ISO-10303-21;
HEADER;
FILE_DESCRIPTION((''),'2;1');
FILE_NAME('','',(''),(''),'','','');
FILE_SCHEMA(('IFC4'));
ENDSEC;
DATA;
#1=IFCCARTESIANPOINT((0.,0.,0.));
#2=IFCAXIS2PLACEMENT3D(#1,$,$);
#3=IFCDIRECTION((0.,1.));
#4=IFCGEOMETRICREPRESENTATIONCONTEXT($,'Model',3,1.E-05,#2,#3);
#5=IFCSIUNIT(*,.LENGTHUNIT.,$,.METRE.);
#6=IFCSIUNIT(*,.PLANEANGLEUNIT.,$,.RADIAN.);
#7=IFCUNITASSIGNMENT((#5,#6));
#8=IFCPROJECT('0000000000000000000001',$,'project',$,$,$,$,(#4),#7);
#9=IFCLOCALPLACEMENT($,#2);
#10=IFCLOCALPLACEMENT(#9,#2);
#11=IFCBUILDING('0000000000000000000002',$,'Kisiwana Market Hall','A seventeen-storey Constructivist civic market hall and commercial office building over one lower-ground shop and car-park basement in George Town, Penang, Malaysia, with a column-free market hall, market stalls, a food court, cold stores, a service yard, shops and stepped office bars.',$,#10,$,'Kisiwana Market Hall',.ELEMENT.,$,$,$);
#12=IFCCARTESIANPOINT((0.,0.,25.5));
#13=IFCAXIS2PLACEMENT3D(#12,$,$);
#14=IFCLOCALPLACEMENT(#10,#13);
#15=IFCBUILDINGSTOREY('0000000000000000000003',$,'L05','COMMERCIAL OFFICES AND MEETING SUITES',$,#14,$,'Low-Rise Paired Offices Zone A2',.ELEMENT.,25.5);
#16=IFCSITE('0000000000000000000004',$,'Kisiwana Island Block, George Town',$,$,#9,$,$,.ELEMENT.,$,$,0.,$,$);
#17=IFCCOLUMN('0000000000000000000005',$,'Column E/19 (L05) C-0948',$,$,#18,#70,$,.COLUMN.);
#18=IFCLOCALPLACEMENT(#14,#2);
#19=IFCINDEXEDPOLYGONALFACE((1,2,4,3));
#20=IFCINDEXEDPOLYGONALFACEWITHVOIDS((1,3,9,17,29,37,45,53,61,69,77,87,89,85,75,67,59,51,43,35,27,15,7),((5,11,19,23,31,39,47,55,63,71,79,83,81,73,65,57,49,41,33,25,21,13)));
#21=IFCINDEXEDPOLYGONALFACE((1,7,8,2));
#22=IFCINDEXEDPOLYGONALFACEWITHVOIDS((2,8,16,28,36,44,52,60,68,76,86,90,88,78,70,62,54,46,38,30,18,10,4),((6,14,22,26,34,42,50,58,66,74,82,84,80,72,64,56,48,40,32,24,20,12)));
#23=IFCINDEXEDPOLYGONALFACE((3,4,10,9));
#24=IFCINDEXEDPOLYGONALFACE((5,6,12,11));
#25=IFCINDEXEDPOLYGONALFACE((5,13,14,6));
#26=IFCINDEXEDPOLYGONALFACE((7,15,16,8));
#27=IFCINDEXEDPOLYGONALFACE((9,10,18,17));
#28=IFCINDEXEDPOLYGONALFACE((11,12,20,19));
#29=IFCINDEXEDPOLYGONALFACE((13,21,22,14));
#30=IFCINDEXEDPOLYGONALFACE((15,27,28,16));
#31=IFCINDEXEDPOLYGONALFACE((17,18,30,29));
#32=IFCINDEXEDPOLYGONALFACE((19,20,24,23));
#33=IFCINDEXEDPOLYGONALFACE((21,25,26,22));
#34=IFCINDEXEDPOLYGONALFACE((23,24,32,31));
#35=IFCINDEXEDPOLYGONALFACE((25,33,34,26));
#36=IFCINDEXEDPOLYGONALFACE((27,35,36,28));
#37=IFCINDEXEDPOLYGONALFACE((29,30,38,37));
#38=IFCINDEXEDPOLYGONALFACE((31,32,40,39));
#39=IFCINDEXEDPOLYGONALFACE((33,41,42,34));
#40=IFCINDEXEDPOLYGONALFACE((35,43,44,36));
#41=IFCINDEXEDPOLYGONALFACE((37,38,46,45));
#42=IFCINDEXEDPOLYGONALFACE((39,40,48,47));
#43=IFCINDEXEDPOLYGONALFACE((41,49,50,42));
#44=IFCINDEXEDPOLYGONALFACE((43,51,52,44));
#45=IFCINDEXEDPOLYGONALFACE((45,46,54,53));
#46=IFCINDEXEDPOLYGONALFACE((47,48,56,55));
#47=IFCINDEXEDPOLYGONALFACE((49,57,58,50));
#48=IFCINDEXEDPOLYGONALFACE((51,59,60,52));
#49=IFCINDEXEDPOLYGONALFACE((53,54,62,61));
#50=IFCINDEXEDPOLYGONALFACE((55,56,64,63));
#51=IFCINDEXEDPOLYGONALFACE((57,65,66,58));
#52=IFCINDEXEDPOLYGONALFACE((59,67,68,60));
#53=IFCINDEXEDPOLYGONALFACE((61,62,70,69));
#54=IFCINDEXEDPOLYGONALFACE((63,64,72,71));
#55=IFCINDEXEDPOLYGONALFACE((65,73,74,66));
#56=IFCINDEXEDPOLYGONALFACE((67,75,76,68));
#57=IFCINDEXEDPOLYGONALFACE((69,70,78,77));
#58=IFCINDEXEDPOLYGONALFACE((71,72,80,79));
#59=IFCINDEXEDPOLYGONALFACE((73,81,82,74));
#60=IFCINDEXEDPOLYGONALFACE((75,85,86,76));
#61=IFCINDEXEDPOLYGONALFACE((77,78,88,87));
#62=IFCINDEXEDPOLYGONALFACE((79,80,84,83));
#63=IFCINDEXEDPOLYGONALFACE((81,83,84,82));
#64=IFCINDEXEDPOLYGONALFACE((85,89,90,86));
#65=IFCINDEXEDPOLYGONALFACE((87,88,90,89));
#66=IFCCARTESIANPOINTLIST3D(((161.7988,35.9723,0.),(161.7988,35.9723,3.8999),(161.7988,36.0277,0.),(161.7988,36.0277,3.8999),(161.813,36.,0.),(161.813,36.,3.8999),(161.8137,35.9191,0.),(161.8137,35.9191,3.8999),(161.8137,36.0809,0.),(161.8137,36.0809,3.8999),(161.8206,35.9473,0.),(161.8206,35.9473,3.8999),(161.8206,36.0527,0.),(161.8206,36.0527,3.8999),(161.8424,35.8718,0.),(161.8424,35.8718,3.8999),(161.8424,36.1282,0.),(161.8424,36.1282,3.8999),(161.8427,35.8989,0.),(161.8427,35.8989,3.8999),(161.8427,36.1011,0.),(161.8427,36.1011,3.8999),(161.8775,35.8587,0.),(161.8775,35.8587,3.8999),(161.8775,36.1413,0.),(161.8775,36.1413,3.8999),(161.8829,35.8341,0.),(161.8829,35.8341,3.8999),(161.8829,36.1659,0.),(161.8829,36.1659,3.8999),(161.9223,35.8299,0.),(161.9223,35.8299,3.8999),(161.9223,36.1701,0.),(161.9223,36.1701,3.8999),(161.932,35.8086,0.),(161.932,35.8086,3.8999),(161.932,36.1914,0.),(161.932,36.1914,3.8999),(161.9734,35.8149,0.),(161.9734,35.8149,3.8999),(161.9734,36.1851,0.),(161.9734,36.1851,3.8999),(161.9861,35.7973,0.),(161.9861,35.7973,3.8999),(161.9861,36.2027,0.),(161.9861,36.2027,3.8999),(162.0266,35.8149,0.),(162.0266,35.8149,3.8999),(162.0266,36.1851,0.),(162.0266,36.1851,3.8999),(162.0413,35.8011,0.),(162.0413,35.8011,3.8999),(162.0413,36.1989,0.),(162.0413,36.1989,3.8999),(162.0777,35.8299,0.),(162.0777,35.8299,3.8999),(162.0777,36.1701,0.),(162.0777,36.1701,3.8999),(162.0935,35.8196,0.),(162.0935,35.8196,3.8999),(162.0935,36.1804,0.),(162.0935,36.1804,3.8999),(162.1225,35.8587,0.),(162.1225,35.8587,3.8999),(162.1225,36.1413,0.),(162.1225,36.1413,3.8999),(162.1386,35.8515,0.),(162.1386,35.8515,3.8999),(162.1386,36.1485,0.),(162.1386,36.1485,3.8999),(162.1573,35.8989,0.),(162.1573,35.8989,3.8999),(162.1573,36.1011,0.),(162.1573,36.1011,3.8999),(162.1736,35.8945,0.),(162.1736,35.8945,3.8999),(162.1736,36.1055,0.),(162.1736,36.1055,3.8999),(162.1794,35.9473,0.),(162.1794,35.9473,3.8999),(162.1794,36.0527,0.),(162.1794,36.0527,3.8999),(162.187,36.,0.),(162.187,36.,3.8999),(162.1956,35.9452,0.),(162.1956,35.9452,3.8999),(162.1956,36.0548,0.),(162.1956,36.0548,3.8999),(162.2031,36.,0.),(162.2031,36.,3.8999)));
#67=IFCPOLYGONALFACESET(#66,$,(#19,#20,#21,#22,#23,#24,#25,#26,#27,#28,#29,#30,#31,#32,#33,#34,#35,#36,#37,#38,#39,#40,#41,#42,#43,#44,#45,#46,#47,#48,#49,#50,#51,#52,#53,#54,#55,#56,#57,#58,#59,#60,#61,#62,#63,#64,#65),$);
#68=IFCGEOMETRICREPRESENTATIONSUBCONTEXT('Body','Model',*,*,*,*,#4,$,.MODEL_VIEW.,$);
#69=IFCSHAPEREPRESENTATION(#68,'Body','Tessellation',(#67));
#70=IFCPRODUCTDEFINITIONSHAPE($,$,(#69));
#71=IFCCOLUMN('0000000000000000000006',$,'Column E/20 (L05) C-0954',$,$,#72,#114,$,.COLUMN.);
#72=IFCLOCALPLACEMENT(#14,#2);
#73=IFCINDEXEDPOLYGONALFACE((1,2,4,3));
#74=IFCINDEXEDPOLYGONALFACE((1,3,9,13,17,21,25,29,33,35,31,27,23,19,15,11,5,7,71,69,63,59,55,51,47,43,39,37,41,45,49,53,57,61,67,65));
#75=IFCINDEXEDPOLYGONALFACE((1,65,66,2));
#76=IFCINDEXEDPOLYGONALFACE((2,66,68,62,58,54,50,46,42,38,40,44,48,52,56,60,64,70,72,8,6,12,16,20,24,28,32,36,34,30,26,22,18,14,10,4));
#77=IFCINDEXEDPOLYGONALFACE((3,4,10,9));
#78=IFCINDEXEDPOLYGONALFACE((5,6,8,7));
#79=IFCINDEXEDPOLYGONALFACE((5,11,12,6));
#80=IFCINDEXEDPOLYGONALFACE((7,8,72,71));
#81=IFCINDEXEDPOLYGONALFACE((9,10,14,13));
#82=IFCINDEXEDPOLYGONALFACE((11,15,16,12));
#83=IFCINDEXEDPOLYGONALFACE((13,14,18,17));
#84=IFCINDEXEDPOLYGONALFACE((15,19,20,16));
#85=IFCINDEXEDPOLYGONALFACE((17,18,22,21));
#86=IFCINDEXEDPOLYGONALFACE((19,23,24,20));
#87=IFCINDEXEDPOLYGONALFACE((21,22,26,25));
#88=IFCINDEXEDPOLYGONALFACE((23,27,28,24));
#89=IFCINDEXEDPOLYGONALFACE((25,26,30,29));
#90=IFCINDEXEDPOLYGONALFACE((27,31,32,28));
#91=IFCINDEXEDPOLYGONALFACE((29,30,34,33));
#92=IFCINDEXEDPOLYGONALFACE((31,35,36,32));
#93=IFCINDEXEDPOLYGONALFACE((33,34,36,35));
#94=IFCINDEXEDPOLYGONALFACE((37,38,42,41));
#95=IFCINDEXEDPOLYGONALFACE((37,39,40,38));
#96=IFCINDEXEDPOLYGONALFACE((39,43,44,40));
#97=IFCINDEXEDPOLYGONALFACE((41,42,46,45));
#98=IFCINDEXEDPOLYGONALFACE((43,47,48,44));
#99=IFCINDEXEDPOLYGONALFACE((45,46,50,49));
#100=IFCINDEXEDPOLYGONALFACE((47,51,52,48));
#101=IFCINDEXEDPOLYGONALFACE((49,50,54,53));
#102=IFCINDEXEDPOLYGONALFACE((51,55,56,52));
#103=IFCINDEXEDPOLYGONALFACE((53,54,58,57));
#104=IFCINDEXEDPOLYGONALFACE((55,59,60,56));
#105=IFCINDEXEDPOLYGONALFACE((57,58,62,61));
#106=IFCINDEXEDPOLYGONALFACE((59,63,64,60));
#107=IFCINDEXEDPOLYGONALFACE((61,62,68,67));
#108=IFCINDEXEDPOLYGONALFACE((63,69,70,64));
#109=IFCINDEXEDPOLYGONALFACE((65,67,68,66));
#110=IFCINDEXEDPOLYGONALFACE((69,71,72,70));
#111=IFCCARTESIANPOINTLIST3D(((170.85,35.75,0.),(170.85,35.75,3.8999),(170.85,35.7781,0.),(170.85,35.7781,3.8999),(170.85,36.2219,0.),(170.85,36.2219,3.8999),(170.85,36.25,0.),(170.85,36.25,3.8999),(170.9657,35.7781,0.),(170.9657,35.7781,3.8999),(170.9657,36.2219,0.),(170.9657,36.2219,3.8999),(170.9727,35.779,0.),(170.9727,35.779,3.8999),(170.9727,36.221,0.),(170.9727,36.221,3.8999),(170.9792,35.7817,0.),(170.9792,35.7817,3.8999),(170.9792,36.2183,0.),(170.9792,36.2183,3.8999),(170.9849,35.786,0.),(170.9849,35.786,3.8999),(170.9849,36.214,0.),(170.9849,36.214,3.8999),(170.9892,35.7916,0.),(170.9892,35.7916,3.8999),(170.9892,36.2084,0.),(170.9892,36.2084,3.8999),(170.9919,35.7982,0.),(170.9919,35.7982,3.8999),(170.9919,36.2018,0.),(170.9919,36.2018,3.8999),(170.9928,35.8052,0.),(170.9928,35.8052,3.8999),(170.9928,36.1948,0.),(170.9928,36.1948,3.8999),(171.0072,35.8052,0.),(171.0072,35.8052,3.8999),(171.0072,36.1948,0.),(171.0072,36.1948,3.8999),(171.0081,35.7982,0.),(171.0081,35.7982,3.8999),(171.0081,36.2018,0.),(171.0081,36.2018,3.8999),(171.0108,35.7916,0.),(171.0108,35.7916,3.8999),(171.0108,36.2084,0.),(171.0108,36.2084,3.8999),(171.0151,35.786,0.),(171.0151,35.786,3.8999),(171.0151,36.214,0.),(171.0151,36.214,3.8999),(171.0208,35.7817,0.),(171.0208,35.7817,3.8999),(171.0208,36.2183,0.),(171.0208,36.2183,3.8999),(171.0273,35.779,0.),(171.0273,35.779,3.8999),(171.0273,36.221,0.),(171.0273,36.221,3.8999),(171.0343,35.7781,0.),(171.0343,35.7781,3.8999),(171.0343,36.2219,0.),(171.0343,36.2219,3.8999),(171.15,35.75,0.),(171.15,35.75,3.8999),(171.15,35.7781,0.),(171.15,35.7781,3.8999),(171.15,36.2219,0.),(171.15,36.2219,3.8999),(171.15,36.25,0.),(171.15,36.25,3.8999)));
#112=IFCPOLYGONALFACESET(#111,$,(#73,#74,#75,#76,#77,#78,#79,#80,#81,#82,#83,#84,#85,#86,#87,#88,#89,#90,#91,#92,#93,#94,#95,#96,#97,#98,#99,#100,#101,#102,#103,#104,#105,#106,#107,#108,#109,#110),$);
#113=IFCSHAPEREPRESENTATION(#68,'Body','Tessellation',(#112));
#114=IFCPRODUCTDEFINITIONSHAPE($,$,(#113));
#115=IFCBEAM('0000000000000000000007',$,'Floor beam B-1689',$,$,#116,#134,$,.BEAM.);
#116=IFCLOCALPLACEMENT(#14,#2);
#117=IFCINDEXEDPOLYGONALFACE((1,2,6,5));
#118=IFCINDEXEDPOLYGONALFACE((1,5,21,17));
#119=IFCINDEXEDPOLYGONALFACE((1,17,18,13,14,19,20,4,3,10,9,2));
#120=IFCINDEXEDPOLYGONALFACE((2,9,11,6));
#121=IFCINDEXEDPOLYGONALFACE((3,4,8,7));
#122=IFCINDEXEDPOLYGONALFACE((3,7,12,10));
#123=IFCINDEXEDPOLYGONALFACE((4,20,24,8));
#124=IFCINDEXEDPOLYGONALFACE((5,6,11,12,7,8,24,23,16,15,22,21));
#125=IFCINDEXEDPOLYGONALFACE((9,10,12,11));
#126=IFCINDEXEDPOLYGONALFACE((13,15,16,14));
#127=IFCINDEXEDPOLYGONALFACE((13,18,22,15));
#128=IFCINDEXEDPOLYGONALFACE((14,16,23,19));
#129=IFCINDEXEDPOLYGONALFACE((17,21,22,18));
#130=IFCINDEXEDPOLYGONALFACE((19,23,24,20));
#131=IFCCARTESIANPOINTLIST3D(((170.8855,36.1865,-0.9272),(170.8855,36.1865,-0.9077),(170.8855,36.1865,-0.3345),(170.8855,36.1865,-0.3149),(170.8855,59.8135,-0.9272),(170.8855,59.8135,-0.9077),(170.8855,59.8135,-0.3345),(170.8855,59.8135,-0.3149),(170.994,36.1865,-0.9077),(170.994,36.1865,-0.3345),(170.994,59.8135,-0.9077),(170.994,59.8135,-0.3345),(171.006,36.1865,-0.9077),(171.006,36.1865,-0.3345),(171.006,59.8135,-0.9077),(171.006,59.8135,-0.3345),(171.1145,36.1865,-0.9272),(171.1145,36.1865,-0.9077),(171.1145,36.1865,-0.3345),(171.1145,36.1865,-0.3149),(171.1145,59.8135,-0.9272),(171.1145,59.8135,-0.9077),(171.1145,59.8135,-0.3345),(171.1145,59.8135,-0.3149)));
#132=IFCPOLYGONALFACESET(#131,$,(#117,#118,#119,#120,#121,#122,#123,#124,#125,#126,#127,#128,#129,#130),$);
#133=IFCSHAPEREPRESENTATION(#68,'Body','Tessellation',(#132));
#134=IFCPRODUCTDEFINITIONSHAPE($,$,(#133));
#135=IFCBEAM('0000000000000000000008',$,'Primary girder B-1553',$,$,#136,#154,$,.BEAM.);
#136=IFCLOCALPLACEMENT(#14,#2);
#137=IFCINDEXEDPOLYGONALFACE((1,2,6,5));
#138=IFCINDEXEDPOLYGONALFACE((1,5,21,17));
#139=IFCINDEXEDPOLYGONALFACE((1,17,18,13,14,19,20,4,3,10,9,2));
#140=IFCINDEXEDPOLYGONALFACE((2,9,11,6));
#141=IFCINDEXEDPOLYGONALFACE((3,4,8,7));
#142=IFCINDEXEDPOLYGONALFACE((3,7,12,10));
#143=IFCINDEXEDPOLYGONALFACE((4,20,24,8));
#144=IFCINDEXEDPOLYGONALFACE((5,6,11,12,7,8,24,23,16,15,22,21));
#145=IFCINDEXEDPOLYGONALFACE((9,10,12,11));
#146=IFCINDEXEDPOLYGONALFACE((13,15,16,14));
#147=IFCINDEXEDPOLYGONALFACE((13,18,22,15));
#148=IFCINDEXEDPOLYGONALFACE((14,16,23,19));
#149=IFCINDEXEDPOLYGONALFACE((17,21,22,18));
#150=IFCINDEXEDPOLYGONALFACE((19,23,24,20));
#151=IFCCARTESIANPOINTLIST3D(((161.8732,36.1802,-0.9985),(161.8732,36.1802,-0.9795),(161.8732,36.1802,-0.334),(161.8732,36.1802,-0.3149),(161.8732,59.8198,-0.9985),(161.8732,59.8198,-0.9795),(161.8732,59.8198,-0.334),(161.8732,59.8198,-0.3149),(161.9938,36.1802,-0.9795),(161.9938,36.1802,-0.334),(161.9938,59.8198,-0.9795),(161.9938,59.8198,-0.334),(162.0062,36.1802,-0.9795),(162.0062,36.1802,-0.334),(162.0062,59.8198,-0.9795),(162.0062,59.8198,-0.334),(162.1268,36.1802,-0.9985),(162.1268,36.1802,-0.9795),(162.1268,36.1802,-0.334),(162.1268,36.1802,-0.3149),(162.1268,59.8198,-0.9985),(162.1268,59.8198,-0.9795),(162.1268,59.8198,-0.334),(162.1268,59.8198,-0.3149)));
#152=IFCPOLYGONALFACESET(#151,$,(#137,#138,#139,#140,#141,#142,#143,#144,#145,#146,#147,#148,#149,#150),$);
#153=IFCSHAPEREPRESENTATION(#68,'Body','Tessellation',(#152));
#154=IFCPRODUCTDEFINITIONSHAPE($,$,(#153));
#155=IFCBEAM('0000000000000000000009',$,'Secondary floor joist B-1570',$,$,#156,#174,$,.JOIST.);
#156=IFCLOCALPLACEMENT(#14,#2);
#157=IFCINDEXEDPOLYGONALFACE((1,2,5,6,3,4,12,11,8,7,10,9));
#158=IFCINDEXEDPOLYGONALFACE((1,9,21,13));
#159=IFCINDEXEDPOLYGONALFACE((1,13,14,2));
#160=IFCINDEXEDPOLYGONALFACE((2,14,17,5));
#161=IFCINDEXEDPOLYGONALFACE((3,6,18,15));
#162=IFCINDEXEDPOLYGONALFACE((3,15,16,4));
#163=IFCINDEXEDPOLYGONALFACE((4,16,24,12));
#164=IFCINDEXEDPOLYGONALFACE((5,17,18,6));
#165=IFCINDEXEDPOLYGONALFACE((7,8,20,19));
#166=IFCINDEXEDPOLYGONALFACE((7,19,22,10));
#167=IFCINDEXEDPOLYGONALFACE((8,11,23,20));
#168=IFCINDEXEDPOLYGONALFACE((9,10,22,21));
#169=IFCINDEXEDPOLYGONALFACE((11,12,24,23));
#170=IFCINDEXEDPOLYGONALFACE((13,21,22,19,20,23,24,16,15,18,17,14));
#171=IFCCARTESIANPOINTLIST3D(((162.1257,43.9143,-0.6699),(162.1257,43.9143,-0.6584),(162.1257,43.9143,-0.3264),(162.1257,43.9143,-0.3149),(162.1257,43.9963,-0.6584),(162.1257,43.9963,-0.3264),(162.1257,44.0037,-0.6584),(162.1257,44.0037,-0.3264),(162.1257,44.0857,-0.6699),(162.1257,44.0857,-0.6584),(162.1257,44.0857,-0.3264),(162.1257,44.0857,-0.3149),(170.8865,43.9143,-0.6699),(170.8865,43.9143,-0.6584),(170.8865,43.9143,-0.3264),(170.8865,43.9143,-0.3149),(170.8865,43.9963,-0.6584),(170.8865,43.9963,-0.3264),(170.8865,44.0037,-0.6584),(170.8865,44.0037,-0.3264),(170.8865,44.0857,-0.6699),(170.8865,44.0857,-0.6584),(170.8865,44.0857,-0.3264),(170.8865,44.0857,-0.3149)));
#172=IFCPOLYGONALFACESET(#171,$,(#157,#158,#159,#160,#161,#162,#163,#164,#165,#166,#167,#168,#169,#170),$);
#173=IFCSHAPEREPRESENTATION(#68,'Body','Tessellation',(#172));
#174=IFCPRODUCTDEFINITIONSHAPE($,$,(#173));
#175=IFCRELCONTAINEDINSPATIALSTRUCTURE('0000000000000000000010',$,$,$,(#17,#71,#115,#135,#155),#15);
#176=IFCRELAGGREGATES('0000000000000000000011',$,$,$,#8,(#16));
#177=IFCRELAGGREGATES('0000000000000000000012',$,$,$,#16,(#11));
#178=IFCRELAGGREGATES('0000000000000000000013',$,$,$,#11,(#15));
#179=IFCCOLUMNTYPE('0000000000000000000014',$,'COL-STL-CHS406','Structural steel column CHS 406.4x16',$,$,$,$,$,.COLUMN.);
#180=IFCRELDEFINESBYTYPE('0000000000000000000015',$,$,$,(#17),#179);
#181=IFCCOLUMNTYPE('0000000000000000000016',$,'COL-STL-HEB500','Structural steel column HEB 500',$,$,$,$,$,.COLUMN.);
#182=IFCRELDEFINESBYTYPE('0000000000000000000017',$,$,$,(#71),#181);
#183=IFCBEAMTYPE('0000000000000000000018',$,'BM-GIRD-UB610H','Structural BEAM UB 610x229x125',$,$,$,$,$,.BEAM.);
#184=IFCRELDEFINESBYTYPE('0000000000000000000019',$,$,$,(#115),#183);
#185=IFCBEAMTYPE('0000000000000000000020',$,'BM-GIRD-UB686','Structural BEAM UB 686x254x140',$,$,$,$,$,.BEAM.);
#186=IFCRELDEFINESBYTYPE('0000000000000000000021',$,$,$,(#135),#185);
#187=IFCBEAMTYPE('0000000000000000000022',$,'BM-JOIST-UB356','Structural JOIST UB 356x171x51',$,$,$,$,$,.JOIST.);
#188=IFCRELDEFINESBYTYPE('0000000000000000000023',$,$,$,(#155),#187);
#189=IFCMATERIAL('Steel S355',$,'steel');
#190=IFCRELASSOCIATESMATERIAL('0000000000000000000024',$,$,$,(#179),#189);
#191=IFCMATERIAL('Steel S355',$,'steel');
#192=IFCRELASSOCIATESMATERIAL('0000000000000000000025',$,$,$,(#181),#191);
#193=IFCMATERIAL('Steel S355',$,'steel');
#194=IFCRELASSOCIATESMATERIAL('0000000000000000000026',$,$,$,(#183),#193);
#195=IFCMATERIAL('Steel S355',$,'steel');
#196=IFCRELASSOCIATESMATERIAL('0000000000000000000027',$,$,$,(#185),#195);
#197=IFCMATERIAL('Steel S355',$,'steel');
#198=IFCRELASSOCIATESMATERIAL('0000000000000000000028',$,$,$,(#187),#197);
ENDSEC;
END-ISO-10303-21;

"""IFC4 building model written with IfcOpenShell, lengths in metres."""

from ifc_helpers import new_model, si_unit, direction, frame, origin, origin_2d, place, context, subcontext, project, spatial, hollow_circle, i_section, extrude, material, material_profile, profile_set, type_object, element, save


model = new_model("IFC4")

# Units and contexts
model_context = context("Model", 3, precision=1e-05, world=origin(), true_north=direction((0.0, 1.0)))
body_context = subcontext(model_context, "Body", "Model", "MODEL_VIEW")
ifc_project = project(units=[si_unit("LENGTHUNIT", "METRE"), si_unit("PLANEANGLEUNIT", "RADIAN")], contexts=[model_context])

# Site, building, storey
site_placement = place(None, origin())
site = spatial("IfcSite", under=ifc_project, at=site_placement, Name="Kisiwana Island Block, George Town", CompositionType="ELEMENT", RefElevation=0.0)
building_placement = place(site_placement, origin())
building = spatial("IfcBuilding", under=site, at=building_placement, Name="Kisiwana Market Hall", Description="A seventeen-storey Constructivist civic market hall and commercial office building over one lower-ground shop and car-park basement in George Town, Penang, Malaysia, with a column-free market hall, market stalls, a food court, cold stores, a service yard, shops and stepped office bars.", LongName="Kisiwana Market Hall", CompositionType="ELEMENT")
storey_placement = place(building_placement, frame((0.0, 0.0, 25.5)))
storey = spatial("IfcBuildingStorey", under=building, at=storey_placement, Name="L05", Description="COMMERCIAL OFFICES AND MEETING SUITES", LongName="Low-Rise Paired Offices Zone A2", CompositionType="ELEMENT", Elevation=25.5)

# Columns
ifc_material_1 = material(Name="Steel S355", Category="steel")
ifc_material_profile_1 = material_profile(ifc_material_1, hollow_circle(Radius=0.2031, WallThickness=0.0161, at=origin_2d()), Name="CHS 406.4x16")
ifc_profile_set_1 = profile_set([ifc_material_profile_1], Name="Steel S355")
column_type_1 = type_object("IfcColumnType", Name="COL-STL-CHS406", Description="Structural steel column CHS 406.4x16", PredefinedType="COLUMN", material=ifc_profile_set_1)
column_1_placement = place(storey_placement, frame((162.0, 36.0, 0.0), z_axis=(0.0, 0.0, 1.0), x_axis=(1.0, 0.0, 0.0)))
element("IfcColumn", 1, at=column_1_placement, inside=storey, type_object=column_type_1, Name="Column E/19 (L05) C-0948", PredefinedType="COLUMN", context=body_context, shape_type="SweptSolid", body=[
    extrude(hollow_circle(Radius=0.2031, WallThickness=0.0161, at=origin_2d()), origin(), (0.0, 0.0, 1.0), 3.8999),
])
ifc_material_2 = material(Name="Steel S355", Category="steel")
ifc_material_profile_2 = material_profile(ifc_material_2, i_section(OverallWidth=0.3, OverallDepth=0.5, WebThickness=0.0144, FlangeThickness=0.0281, FilletRadius=0.0271, at=origin_2d()), Name="HEB 500")
ifc_profile_set_2 = profile_set([ifc_material_profile_2], Name="Steel S355")
column_type_2 = type_object("IfcColumnType", Name="COL-STL-HEB500", Description="Structural steel column HEB 500", PredefinedType="COLUMN", material=ifc_profile_set_2)
column_2_placement = place(storey_placement, frame((171.0, 36.0, 0.0), z_axis=(0.0, 0.0, 1.0), x_axis=(1.0, 0.0, 0.0)))
element("IfcColumn", 2, at=column_2_placement, inside=storey, type_object=column_type_2, Name="Column E/20 (L05) C-0954", PredefinedType="COLUMN", context=body_context, shape_type="SweptSolid", body=[
    extrude(i_section(OverallWidth=0.3, OverallDepth=0.5, WebThickness=0.0144, FlangeThickness=0.0281, FilletRadius=0.0271, at=origin_2d()), origin(), (0.0, 0.0, 1.0), 3.8999),
])

# Beams
ifc_material_3 = material(Name="Steel S355", Category="steel")
ifc_material_profile_3 = material_profile(ifc_material_3, i_section(OverallWidth=0.229, OverallDepth=0.6123, WebThickness=0.012, FlangeThickness=0.0195, at=origin_2d()), Name="UB 610x229x125")
ifc_profile_set_3 = profile_set([ifc_material_profile_3], Name="Steel S355")
beam_type_1 = type_object("IfcBeamType", Name="BM-GIRD-UB610H", Description="Structural BEAM UB 610x229x125", PredefinedType="BEAM", material=ifc_profile_set_3)
beam_1_placement = place(storey_placement, frame((171.0, 36.1865, -0.6211), z_axis=(0.0, 1.0, 0.0), x_axis=(-1.0, 0.0, 0.0)))
element("IfcBeam", 3, at=beam_1_placement, inside=storey, type_object=beam_type_1, Name="Floor beam B-1689", PredefinedType="BEAM", context=body_context, shape_type="SweptSolid", body=[
    extrude(i_section(OverallWidth=0.229, OverallDepth=0.6123, WebThickness=0.012, FlangeThickness=0.0195, at=origin_2d()), origin(), (0.0, 0.0, 1.0), 23.627),
])
ifc_material_4 = material(Name="Steel S355", Category="steel")
ifc_material_profile_4 = material_profile(ifc_material_4, i_section(OverallWidth=0.2537, OverallDepth=0.6836, WebThickness=0.0125, FlangeThickness=0.019, at=origin_2d()), Name="UB 686x254x140")
ifc_profile_set_4 = profile_set([ifc_material_profile_4], Name="Steel S355")
beam_type_2 = type_object("IfcBeamType", Name="BM-GIRD-UB686", Description="Structural BEAM UB 686x254x140", PredefinedType="BEAM", material=ifc_profile_set_4)
beam_2_placement = place(storey_placement, frame((162.0, 36.1802, -0.6567), z_axis=(0.0, 1.0, 0.0), x_axis=(-1.0, 0.0, 0.0)))
element("IfcBeam", 4, at=beam_2_placement, inside=storey, type_object=beam_type_2, Name="Primary girder B-1553", PredefinedType="BEAM", context=body_context, shape_type="SweptSolid", body=[
    extrude(i_section(OverallWidth=0.2537, OverallDepth=0.6836, WebThickness=0.0125, FlangeThickness=0.019, at=origin_2d()), origin(), (0.0, 0.0, 1.0), 23.6396),
])
ifc_material_5 = material(Name="Steel S355", Category="steel")
ifc_material_profile_5 = material_profile(ifc_material_5, i_section(OverallWidth=0.1714, OverallDepth=0.355, WebThickness=0.0073, FlangeThickness=0.0115, at=origin_2d()), Name="UB 356x171x51")
ifc_profile_set_5 = profile_set([ifc_material_profile_5], Name="Steel S355")
beam_type_3 = type_object("IfcBeamType", Name="BM-JOIST-UB356", Description="Structural JOIST UB 356x171x51", PredefinedType="JOIST", material=ifc_profile_set_5)
for number, where, z_axis, x_axis, name in (
    (5, (162.1257, 44.0, -0.4924), (1.0, 0.0, 0.0), (0.0, 1.0, 0.0), "Secondary floor joist B-1570"),
):
    element("IfcBeam", number, at=place(storey_placement, frame(where, z_axis=z_axis, x_axis=x_axis)), inside=storey, type_object=beam_type_3, Name=name, PredefinedType="JOIST", context=body_context, shape_type="SweptSolid", body=[
        extrude(i_section(OverallWidth=0.1714, OverallDepth=0.355, WebThickness=0.0073, FlangeThickness=0.0115, at=origin_2d()), origin(), (0.0, 0.0, 1.0), 8.7607),
    ])

save(model, "model.ifc")
